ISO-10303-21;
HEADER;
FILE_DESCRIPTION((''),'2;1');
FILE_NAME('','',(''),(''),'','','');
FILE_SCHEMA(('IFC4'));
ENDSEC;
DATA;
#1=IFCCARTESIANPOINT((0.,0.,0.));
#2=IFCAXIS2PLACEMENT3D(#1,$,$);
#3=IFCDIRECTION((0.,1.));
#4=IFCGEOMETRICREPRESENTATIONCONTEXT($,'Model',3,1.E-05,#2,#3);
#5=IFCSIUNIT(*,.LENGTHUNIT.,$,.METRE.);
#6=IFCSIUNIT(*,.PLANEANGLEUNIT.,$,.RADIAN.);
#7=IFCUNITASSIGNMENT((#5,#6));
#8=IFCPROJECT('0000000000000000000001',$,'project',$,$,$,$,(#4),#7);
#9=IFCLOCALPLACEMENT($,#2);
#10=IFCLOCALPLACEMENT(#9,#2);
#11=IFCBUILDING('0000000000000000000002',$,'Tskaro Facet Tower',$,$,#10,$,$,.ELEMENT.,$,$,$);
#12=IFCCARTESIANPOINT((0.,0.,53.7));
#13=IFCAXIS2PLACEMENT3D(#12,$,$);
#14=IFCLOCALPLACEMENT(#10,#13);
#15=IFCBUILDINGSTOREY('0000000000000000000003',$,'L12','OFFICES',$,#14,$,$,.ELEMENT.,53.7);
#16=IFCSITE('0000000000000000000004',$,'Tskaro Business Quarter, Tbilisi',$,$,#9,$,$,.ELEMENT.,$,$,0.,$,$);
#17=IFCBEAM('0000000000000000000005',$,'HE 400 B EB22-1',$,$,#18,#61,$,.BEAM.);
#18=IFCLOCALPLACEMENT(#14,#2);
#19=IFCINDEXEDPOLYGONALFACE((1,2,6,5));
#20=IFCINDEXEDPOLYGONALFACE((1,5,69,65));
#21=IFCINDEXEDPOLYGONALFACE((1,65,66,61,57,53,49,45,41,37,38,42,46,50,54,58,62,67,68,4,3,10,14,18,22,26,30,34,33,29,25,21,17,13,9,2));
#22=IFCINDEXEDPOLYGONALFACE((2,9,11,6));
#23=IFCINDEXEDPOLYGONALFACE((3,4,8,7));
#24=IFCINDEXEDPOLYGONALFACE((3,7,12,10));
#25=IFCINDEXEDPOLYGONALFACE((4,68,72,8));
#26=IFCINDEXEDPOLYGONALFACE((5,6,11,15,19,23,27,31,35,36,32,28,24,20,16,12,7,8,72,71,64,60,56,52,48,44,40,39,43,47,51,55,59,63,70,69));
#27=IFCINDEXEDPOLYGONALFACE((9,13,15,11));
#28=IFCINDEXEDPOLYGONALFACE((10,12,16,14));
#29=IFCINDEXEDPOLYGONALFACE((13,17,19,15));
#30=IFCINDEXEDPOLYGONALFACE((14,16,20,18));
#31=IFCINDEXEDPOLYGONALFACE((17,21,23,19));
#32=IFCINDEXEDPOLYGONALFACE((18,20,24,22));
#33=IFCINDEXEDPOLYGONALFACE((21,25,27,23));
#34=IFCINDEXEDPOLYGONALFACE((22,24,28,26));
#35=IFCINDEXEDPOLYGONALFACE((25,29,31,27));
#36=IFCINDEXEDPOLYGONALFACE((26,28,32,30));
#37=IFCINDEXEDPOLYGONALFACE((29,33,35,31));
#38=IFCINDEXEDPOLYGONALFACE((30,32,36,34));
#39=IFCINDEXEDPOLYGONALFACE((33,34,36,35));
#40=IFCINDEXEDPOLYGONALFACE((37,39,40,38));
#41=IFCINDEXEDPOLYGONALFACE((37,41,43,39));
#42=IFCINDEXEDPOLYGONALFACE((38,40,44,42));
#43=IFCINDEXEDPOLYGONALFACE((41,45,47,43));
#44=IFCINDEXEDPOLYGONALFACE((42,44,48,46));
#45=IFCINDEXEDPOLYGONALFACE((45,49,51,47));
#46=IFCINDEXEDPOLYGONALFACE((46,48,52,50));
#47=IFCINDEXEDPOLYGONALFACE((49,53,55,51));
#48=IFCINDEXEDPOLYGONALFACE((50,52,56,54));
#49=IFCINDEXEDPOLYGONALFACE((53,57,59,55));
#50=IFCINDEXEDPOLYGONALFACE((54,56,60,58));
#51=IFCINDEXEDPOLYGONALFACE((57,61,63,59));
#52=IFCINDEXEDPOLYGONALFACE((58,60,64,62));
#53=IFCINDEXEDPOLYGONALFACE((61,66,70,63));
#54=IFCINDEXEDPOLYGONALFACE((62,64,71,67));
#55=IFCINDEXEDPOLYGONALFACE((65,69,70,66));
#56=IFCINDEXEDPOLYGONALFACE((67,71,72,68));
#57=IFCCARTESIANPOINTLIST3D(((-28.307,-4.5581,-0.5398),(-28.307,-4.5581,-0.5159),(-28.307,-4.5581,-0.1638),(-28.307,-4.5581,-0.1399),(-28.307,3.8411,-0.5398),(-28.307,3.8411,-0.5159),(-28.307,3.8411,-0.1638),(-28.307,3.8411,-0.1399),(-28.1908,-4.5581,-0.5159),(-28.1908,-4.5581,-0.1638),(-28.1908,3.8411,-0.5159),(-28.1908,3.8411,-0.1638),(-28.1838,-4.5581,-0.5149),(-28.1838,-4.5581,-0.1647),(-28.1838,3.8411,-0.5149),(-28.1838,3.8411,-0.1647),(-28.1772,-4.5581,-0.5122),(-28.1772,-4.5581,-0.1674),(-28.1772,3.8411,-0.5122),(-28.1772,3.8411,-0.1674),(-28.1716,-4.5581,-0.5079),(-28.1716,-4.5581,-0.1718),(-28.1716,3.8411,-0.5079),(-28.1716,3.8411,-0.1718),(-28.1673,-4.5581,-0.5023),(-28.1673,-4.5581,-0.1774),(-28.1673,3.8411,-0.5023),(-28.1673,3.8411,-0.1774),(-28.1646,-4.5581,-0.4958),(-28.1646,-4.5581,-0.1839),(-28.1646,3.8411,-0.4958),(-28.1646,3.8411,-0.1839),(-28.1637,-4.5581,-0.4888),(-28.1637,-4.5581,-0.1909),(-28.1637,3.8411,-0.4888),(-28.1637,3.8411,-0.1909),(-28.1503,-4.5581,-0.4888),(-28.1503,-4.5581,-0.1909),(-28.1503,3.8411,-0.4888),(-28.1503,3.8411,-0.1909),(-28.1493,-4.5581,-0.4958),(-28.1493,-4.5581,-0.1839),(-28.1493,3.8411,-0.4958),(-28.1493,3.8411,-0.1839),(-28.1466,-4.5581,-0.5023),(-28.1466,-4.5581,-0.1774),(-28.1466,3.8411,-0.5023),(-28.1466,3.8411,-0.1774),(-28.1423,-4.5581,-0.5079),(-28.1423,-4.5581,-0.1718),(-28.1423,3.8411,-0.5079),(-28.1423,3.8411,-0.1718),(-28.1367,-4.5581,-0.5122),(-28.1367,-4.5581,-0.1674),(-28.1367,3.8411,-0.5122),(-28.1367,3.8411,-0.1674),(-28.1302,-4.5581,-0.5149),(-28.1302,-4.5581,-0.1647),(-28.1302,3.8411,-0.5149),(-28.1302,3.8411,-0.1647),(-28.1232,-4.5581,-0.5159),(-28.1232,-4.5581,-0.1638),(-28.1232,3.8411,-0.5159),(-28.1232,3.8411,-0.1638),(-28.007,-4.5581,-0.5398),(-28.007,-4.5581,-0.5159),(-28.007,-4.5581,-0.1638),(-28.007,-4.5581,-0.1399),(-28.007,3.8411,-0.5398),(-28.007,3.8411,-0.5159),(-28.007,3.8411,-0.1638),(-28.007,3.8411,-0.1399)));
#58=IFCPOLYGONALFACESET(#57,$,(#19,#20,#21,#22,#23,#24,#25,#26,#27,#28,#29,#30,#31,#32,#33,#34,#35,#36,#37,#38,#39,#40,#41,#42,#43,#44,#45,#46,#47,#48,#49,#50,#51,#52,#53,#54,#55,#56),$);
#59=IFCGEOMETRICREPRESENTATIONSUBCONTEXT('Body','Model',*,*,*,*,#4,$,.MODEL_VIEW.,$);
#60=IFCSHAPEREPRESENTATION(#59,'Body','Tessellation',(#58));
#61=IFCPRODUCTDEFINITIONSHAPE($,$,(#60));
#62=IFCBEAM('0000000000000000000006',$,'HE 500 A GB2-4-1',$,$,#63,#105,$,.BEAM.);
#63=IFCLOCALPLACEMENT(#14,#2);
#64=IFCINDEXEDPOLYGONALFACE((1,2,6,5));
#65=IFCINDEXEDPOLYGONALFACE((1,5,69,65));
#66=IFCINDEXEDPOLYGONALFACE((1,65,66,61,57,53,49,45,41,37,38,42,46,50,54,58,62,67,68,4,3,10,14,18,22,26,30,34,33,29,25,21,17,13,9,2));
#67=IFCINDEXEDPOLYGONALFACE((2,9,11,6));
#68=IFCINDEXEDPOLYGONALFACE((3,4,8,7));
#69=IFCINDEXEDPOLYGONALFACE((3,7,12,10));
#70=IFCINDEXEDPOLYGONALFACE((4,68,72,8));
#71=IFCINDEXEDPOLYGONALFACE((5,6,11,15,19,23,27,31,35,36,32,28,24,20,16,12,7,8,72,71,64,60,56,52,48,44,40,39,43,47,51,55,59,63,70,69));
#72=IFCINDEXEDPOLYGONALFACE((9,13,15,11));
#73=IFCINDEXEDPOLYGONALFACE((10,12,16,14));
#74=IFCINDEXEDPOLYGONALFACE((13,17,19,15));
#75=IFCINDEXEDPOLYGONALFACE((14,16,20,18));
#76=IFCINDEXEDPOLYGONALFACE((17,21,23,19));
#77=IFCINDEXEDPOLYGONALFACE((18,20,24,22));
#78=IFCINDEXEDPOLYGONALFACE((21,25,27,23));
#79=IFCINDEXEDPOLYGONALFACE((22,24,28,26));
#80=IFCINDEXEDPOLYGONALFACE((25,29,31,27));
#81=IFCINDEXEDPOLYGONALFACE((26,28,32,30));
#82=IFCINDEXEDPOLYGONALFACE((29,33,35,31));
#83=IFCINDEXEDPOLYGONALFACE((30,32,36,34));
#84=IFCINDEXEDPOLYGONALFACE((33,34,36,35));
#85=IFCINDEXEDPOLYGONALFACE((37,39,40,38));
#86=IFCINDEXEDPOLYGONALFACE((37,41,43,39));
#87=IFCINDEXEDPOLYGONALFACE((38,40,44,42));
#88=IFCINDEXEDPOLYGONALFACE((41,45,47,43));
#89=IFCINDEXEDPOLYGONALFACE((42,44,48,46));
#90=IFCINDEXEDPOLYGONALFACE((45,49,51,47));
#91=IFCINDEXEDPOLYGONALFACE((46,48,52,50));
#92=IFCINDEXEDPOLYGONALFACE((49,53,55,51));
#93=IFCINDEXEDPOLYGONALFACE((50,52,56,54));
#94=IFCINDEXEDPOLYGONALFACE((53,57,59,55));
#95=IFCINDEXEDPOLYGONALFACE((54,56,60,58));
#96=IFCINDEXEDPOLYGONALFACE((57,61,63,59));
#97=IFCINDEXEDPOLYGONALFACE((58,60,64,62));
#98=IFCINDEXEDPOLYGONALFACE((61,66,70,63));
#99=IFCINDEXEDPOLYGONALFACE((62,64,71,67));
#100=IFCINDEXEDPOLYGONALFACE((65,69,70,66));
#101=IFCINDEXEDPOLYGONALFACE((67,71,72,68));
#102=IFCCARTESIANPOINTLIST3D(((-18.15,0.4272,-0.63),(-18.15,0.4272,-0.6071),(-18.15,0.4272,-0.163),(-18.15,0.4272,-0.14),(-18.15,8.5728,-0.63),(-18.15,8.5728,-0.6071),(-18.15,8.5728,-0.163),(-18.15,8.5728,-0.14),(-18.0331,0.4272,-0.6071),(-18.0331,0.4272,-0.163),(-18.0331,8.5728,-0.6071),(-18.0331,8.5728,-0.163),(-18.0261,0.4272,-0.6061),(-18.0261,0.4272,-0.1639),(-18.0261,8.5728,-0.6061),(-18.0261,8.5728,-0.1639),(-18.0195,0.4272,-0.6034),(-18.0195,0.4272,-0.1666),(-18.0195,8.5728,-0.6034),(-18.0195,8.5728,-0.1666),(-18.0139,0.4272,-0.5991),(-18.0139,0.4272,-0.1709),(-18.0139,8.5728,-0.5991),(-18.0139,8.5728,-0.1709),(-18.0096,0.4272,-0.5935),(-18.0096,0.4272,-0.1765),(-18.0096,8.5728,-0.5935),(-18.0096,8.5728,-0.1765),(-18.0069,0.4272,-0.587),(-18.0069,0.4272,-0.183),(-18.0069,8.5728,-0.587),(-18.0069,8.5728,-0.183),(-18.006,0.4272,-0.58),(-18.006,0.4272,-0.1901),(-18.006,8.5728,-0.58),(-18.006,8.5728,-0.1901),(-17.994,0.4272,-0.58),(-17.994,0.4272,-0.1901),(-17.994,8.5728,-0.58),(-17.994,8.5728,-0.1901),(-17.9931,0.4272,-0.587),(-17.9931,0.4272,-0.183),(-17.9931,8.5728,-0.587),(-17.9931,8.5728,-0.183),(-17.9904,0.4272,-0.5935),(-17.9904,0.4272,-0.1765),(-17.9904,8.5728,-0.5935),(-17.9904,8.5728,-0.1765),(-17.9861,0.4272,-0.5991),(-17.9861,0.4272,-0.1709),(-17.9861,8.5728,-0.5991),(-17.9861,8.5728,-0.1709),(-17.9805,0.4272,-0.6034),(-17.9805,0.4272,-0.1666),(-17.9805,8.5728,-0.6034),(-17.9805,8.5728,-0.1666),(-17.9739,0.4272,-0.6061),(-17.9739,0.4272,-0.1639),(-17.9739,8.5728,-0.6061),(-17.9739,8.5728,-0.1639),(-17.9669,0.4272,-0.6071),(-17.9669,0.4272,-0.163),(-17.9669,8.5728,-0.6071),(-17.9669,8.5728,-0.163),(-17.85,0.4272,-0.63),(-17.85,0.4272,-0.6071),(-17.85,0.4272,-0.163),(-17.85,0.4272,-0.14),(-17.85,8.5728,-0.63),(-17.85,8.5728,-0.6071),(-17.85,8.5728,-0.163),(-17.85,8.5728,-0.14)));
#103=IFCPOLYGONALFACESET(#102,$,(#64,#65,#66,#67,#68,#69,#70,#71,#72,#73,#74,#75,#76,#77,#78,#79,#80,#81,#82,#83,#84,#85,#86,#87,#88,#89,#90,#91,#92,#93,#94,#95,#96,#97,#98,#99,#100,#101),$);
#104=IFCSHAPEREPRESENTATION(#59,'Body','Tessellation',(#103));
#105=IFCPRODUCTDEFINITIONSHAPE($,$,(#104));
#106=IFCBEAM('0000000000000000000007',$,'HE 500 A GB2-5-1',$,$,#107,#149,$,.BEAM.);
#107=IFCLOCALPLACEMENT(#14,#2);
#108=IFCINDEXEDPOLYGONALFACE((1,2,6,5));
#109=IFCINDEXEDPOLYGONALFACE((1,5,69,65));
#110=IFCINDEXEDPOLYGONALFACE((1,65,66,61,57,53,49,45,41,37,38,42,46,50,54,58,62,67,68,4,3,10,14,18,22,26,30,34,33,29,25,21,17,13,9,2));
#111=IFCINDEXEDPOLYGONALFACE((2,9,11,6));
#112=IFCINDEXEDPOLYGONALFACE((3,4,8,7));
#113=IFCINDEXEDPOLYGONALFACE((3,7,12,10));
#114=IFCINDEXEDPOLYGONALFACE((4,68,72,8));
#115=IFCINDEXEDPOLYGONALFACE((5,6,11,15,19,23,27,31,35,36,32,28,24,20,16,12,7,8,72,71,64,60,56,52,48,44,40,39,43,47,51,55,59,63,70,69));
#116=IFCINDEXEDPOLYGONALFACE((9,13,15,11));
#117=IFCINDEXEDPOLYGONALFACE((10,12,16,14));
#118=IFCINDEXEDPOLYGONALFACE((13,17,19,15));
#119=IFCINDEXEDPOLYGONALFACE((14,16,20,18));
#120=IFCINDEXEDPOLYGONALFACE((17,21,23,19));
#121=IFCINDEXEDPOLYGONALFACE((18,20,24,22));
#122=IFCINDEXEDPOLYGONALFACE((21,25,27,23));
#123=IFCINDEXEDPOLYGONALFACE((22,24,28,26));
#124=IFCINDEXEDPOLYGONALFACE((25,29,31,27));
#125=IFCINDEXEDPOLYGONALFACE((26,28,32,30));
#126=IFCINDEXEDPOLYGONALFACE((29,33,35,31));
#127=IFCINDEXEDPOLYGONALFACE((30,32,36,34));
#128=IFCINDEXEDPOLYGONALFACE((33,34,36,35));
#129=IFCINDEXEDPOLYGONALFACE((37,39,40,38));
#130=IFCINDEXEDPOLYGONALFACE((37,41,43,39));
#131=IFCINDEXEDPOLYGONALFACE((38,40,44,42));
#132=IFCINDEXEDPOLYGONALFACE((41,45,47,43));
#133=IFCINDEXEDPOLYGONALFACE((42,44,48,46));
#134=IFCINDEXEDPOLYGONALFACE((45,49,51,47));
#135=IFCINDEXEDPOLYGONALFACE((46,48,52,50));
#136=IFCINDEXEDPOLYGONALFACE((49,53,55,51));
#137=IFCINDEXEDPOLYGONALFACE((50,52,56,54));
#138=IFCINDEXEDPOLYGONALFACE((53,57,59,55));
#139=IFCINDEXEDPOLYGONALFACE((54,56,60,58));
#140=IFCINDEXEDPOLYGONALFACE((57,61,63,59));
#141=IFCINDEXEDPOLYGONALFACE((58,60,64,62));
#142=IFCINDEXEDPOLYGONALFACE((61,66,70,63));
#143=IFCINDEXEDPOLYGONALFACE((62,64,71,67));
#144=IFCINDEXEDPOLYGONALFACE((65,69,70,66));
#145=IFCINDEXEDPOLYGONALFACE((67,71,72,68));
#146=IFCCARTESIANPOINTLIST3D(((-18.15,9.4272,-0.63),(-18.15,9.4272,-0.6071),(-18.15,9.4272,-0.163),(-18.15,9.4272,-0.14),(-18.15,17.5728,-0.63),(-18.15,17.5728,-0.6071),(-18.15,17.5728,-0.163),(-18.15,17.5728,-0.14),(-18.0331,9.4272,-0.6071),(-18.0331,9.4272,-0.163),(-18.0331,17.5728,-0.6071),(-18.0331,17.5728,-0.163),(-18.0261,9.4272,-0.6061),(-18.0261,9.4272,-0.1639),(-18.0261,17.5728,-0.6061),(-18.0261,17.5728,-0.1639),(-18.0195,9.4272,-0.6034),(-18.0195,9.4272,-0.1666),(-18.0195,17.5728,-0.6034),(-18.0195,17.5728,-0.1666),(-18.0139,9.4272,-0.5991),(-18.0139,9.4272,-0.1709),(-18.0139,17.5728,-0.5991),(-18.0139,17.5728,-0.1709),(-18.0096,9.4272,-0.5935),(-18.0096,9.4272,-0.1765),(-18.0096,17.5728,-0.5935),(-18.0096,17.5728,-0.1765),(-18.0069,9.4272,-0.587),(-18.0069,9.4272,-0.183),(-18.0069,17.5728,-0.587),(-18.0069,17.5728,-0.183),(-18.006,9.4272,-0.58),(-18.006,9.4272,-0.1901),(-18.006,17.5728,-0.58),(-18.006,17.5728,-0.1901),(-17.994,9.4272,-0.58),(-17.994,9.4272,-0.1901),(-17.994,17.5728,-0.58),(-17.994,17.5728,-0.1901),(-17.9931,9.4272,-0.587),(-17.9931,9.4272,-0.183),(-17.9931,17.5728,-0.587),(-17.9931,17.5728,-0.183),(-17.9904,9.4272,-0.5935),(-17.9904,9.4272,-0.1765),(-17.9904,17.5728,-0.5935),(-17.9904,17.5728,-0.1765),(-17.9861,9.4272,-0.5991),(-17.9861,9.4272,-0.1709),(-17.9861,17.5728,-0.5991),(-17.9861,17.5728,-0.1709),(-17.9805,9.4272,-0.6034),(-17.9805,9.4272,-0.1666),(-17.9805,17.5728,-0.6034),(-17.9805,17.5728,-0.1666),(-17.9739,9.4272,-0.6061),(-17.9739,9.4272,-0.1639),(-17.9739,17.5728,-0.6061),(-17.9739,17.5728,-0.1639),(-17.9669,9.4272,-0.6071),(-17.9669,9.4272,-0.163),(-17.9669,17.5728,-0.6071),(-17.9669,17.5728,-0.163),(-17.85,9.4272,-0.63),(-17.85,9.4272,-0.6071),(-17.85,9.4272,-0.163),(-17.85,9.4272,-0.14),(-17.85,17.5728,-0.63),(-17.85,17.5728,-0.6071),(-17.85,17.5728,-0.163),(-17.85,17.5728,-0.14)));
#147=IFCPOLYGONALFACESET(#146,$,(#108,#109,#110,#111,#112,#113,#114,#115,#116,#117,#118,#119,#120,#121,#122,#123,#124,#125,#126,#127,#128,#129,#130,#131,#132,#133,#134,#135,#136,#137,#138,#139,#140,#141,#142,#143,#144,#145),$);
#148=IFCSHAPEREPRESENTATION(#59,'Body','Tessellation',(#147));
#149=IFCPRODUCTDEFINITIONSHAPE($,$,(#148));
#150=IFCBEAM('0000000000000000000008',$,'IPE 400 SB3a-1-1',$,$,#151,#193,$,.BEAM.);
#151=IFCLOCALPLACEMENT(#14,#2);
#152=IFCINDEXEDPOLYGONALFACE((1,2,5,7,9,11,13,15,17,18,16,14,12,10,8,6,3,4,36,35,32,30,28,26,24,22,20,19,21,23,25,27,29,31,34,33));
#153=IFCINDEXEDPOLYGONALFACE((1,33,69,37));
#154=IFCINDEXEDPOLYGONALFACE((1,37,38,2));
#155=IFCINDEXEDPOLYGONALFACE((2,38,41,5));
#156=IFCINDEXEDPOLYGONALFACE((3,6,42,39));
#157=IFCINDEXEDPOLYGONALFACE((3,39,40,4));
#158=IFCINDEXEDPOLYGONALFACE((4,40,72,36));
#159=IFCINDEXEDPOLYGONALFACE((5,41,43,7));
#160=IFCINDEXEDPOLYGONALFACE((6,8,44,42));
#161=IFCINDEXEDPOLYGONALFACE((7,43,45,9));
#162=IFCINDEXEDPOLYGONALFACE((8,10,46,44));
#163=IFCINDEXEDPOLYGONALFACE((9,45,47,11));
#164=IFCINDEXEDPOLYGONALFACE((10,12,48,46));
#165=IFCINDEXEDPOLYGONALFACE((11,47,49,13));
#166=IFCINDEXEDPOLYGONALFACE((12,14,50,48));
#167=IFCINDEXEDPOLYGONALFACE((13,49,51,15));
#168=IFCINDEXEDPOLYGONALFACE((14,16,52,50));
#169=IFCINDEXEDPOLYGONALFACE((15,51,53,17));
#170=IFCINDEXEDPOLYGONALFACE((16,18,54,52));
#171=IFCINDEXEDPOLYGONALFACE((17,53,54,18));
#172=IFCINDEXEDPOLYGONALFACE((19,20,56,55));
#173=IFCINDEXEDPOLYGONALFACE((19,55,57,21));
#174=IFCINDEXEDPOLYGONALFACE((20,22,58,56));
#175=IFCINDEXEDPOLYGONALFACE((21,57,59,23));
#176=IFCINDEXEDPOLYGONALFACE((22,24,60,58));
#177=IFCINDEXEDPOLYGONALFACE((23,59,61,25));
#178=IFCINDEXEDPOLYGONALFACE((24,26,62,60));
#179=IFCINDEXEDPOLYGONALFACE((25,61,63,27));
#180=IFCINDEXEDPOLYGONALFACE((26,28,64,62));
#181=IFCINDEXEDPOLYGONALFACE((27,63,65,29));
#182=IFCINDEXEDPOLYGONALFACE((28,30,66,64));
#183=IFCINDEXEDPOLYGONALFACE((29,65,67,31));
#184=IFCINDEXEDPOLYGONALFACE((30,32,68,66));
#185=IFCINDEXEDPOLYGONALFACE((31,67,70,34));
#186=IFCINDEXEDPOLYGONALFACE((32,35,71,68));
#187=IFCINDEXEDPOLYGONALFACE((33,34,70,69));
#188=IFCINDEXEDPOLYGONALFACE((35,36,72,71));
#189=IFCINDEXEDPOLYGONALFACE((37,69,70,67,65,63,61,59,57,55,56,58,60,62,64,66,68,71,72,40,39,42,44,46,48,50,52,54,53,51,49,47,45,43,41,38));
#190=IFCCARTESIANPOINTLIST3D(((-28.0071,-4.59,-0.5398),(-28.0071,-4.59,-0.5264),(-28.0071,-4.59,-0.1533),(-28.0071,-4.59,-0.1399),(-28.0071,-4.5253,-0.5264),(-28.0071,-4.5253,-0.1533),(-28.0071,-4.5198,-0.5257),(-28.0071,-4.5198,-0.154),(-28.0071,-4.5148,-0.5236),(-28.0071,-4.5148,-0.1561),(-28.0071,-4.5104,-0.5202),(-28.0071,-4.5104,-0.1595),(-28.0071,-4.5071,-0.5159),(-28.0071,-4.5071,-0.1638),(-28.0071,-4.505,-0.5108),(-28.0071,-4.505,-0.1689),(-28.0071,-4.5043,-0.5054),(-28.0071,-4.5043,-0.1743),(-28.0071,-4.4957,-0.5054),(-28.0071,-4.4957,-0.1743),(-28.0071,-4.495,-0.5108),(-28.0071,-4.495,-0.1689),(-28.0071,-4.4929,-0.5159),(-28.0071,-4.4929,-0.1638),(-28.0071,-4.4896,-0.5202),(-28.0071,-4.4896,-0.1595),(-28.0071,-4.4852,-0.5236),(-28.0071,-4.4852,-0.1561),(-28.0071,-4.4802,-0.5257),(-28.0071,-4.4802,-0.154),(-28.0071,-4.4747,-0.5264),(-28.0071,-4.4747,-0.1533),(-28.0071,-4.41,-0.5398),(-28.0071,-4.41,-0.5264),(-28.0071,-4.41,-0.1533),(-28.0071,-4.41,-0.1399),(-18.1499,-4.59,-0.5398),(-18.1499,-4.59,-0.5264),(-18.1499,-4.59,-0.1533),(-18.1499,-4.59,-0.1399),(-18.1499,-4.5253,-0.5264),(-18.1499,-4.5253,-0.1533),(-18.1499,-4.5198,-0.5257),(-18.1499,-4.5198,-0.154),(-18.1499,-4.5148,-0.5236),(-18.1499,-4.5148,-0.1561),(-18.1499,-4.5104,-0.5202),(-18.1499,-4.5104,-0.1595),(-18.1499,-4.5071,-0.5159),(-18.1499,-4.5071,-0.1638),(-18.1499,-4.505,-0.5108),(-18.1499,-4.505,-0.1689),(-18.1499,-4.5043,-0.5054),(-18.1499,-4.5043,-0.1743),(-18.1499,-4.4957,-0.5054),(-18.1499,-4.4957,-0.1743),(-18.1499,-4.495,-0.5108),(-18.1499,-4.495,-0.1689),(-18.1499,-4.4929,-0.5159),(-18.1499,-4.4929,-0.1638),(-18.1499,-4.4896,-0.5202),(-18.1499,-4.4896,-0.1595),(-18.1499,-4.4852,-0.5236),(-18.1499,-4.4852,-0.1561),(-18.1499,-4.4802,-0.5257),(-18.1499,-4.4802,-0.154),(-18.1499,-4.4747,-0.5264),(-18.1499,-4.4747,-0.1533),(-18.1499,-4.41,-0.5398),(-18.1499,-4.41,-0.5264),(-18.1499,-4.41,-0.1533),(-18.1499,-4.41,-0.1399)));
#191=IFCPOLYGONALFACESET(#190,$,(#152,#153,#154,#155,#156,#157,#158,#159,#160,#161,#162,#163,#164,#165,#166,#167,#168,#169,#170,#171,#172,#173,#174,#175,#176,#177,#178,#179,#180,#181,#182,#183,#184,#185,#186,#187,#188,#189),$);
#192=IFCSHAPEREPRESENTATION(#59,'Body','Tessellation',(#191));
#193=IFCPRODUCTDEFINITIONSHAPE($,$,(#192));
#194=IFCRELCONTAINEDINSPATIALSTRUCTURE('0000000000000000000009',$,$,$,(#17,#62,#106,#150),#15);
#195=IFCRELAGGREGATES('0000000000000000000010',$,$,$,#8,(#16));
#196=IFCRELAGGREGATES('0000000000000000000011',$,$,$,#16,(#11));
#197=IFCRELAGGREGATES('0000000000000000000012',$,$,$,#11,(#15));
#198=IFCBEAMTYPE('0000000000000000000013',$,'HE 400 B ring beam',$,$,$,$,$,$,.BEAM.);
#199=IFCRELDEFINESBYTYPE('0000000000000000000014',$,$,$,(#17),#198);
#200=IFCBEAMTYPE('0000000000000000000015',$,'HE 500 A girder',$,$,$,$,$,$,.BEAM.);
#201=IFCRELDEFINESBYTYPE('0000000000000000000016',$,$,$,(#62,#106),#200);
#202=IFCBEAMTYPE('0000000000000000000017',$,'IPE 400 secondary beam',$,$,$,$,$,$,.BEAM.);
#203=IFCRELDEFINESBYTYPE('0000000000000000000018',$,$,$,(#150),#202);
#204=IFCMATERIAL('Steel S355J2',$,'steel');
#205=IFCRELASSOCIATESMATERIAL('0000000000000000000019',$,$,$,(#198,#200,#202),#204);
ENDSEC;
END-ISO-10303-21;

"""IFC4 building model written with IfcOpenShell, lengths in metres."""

from ifc_helpers import new_model, si_unit, direction, frame, origin, origin_2d, place, context, subcontext, project, spatial, i_section, extrude, material, material_profile, profile_set, type_object, element, save


model = new_model("IFC4")

# Units and contexts
model_context = context("Model", 3, precision=1e-05, world=origin(), true_north=direction((0.0, 1.0)))
body_context = subcontext(model_context, "Body", "Model", "MODEL_VIEW")
ifc_project = project(units=[si_unit("LENGTHUNIT", "METRE"), si_unit("PLANEANGLEUNIT", "RADIAN")], contexts=[model_context])

# Site, building, storey
site_placement = place(None, origin())
site = spatial("IfcSite", under=ifc_project, at=site_placement, Name="Tskaro Business Quarter, Tbilisi", CompositionType="ELEMENT", RefElevation=0.0)
building_placement = place(site_placement, origin())
building = spatial("IfcBuilding", under=site, at=building_placement, Name="Tskaro Facet Tower", CompositionType="ELEMENT")
storey_placement = place(building_placement, frame((0.0, 0.0, 53.7)))
storey = spatial("IfcBuildingStorey", under=building, at=storey_placement, Name="L12", Description="OFFICES", CompositionType="ELEMENT", Elevation=53.7)

# Beams
ifc_material_1 = material(Name="Steel S355J2", Category="steel")
ifc_material_profile_1 = material_profile(ifc_material_1, i_section(OverallWidth=0.3, OverallDepth=0.3999, WebThickness=0.0134, FlangeThickness=0.0239, FilletRadius=0.0271, at=origin_2d()), Name="HE 400 B")
ifc_profile_set_1 = profile_set([ifc_material_profile_1], Name="Steel S355J2")
beam_type_1 = type_object("IfcBeamType", Name="HE 400 B ring beam", PredefinedType="BEAM", material=ifc_profile_set_1)
beam_placement = place(storey_placement, frame((-28.157, 3.8411, -0.3398), z_axis=(0.0, -1.0, 0.0), x_axis=(1.0, 0.0, 0.0)))
element("IfcBeam", 1, at=beam_placement, inside=storey, type_object=beam_type_1, Name="HE 400 B EB22-1", PredefinedType="BEAM", context=body_context, shape_type="SweptSolid", body=[
    extrude(i_section(OverallWidth=0.3, OverallDepth=0.3999, WebThickness=0.0134, FlangeThickness=0.0239, FilletRadius=0.0271, at=origin_2d()), origin(), (0.0, 0.0, 1.0), 8.3992),
])
ifc_material_profile_2 = material_profile(ifc_material_1, i_section(OverallWidth=0.3, OverallDepth=0.49, WebThickness=0.012, FlangeThickness=0.0229, FilletRadius=0.0271, at=origin_2d()), Name="HE 500 A")
ifc_profile_set_2 = profile_set([ifc_material_profile_2], Name="Steel S355J2")
beam_type_2 = type_object("IfcBeamType", Name="HE 500 A girder", PredefinedType="BEAM", material=ifc_profile_set_2)
for number, where, z_axis, x_axis, name in (
    (2, (-18.0, 0.4272, -0.385), (0.0, 1.0, 0.0), (-1.0, 0.0, 0.0), "HE 500 A GB2-4-1"),
    (3, (-18.0, 9.4272, -0.385), (0.0, 1.0, 0.0), (-1.0, 0.0, 0.0), "HE 500 A GB2-5-1"),
):
    element("IfcBeam", number, at=place(storey_placement, frame(where, z_axis=z_axis, x_axis=x_axis)), inside=storey, type_object=beam_type_2, Name=name, PredefinedType="BEAM", context=body_context, shape_type="SweptSolid", body=[
        extrude(i_section(OverallWidth=0.3, OverallDepth=0.49, WebThickness=0.012, FlangeThickness=0.0229, FilletRadius=0.0271, at=origin_2d()), origin(), (0.0, 0.0, 1.0), 8.1455),
    ])
ifc_material_profile_3 = material_profile(ifc_material_1, i_section(OverallWidth=0.1799, OverallDepth=0.3999, WebThickness=0.0085, FlangeThickness=0.0134, FilletRadius=0.021, at=origin_2d()), Name="IPE 400")
ifc_profile_set_3 = profile_set([ifc_material_profile_3], Name="Steel S355J2")
beam_type_3 = type_object("IfcBeamType", Name="IPE 400 secondary beam", PredefinedType="BEAM", material=ifc_profile_set_3)
for number, where, z_axis, x_axis, name in (
    (4, (-28.0071, -4.5, -0.3398), (1.0, 0.0, 0.0), (0.0, 1.0, 0.0), "IPE 400 SB3a-1-1"),
):
    element("IfcBeam", number, at=place(storey_placement, frame(where, z_axis=z_axis, x_axis=x_axis)), inside=storey, type_object=beam_type_3, Name=name, PredefinedType="BEAM", context=body_context, shape_type="SweptSolid", body=[
        extrude(i_section(OverallWidth=0.1799, OverallDepth=0.3999, WebThickness=0.0085, FlangeThickness=0.0134, FilletRadius=0.021, at=origin_2d()), origin(), (0.0, 0.0, 1.0), 9.8572),
    ])

save(model, "model.ifc")
